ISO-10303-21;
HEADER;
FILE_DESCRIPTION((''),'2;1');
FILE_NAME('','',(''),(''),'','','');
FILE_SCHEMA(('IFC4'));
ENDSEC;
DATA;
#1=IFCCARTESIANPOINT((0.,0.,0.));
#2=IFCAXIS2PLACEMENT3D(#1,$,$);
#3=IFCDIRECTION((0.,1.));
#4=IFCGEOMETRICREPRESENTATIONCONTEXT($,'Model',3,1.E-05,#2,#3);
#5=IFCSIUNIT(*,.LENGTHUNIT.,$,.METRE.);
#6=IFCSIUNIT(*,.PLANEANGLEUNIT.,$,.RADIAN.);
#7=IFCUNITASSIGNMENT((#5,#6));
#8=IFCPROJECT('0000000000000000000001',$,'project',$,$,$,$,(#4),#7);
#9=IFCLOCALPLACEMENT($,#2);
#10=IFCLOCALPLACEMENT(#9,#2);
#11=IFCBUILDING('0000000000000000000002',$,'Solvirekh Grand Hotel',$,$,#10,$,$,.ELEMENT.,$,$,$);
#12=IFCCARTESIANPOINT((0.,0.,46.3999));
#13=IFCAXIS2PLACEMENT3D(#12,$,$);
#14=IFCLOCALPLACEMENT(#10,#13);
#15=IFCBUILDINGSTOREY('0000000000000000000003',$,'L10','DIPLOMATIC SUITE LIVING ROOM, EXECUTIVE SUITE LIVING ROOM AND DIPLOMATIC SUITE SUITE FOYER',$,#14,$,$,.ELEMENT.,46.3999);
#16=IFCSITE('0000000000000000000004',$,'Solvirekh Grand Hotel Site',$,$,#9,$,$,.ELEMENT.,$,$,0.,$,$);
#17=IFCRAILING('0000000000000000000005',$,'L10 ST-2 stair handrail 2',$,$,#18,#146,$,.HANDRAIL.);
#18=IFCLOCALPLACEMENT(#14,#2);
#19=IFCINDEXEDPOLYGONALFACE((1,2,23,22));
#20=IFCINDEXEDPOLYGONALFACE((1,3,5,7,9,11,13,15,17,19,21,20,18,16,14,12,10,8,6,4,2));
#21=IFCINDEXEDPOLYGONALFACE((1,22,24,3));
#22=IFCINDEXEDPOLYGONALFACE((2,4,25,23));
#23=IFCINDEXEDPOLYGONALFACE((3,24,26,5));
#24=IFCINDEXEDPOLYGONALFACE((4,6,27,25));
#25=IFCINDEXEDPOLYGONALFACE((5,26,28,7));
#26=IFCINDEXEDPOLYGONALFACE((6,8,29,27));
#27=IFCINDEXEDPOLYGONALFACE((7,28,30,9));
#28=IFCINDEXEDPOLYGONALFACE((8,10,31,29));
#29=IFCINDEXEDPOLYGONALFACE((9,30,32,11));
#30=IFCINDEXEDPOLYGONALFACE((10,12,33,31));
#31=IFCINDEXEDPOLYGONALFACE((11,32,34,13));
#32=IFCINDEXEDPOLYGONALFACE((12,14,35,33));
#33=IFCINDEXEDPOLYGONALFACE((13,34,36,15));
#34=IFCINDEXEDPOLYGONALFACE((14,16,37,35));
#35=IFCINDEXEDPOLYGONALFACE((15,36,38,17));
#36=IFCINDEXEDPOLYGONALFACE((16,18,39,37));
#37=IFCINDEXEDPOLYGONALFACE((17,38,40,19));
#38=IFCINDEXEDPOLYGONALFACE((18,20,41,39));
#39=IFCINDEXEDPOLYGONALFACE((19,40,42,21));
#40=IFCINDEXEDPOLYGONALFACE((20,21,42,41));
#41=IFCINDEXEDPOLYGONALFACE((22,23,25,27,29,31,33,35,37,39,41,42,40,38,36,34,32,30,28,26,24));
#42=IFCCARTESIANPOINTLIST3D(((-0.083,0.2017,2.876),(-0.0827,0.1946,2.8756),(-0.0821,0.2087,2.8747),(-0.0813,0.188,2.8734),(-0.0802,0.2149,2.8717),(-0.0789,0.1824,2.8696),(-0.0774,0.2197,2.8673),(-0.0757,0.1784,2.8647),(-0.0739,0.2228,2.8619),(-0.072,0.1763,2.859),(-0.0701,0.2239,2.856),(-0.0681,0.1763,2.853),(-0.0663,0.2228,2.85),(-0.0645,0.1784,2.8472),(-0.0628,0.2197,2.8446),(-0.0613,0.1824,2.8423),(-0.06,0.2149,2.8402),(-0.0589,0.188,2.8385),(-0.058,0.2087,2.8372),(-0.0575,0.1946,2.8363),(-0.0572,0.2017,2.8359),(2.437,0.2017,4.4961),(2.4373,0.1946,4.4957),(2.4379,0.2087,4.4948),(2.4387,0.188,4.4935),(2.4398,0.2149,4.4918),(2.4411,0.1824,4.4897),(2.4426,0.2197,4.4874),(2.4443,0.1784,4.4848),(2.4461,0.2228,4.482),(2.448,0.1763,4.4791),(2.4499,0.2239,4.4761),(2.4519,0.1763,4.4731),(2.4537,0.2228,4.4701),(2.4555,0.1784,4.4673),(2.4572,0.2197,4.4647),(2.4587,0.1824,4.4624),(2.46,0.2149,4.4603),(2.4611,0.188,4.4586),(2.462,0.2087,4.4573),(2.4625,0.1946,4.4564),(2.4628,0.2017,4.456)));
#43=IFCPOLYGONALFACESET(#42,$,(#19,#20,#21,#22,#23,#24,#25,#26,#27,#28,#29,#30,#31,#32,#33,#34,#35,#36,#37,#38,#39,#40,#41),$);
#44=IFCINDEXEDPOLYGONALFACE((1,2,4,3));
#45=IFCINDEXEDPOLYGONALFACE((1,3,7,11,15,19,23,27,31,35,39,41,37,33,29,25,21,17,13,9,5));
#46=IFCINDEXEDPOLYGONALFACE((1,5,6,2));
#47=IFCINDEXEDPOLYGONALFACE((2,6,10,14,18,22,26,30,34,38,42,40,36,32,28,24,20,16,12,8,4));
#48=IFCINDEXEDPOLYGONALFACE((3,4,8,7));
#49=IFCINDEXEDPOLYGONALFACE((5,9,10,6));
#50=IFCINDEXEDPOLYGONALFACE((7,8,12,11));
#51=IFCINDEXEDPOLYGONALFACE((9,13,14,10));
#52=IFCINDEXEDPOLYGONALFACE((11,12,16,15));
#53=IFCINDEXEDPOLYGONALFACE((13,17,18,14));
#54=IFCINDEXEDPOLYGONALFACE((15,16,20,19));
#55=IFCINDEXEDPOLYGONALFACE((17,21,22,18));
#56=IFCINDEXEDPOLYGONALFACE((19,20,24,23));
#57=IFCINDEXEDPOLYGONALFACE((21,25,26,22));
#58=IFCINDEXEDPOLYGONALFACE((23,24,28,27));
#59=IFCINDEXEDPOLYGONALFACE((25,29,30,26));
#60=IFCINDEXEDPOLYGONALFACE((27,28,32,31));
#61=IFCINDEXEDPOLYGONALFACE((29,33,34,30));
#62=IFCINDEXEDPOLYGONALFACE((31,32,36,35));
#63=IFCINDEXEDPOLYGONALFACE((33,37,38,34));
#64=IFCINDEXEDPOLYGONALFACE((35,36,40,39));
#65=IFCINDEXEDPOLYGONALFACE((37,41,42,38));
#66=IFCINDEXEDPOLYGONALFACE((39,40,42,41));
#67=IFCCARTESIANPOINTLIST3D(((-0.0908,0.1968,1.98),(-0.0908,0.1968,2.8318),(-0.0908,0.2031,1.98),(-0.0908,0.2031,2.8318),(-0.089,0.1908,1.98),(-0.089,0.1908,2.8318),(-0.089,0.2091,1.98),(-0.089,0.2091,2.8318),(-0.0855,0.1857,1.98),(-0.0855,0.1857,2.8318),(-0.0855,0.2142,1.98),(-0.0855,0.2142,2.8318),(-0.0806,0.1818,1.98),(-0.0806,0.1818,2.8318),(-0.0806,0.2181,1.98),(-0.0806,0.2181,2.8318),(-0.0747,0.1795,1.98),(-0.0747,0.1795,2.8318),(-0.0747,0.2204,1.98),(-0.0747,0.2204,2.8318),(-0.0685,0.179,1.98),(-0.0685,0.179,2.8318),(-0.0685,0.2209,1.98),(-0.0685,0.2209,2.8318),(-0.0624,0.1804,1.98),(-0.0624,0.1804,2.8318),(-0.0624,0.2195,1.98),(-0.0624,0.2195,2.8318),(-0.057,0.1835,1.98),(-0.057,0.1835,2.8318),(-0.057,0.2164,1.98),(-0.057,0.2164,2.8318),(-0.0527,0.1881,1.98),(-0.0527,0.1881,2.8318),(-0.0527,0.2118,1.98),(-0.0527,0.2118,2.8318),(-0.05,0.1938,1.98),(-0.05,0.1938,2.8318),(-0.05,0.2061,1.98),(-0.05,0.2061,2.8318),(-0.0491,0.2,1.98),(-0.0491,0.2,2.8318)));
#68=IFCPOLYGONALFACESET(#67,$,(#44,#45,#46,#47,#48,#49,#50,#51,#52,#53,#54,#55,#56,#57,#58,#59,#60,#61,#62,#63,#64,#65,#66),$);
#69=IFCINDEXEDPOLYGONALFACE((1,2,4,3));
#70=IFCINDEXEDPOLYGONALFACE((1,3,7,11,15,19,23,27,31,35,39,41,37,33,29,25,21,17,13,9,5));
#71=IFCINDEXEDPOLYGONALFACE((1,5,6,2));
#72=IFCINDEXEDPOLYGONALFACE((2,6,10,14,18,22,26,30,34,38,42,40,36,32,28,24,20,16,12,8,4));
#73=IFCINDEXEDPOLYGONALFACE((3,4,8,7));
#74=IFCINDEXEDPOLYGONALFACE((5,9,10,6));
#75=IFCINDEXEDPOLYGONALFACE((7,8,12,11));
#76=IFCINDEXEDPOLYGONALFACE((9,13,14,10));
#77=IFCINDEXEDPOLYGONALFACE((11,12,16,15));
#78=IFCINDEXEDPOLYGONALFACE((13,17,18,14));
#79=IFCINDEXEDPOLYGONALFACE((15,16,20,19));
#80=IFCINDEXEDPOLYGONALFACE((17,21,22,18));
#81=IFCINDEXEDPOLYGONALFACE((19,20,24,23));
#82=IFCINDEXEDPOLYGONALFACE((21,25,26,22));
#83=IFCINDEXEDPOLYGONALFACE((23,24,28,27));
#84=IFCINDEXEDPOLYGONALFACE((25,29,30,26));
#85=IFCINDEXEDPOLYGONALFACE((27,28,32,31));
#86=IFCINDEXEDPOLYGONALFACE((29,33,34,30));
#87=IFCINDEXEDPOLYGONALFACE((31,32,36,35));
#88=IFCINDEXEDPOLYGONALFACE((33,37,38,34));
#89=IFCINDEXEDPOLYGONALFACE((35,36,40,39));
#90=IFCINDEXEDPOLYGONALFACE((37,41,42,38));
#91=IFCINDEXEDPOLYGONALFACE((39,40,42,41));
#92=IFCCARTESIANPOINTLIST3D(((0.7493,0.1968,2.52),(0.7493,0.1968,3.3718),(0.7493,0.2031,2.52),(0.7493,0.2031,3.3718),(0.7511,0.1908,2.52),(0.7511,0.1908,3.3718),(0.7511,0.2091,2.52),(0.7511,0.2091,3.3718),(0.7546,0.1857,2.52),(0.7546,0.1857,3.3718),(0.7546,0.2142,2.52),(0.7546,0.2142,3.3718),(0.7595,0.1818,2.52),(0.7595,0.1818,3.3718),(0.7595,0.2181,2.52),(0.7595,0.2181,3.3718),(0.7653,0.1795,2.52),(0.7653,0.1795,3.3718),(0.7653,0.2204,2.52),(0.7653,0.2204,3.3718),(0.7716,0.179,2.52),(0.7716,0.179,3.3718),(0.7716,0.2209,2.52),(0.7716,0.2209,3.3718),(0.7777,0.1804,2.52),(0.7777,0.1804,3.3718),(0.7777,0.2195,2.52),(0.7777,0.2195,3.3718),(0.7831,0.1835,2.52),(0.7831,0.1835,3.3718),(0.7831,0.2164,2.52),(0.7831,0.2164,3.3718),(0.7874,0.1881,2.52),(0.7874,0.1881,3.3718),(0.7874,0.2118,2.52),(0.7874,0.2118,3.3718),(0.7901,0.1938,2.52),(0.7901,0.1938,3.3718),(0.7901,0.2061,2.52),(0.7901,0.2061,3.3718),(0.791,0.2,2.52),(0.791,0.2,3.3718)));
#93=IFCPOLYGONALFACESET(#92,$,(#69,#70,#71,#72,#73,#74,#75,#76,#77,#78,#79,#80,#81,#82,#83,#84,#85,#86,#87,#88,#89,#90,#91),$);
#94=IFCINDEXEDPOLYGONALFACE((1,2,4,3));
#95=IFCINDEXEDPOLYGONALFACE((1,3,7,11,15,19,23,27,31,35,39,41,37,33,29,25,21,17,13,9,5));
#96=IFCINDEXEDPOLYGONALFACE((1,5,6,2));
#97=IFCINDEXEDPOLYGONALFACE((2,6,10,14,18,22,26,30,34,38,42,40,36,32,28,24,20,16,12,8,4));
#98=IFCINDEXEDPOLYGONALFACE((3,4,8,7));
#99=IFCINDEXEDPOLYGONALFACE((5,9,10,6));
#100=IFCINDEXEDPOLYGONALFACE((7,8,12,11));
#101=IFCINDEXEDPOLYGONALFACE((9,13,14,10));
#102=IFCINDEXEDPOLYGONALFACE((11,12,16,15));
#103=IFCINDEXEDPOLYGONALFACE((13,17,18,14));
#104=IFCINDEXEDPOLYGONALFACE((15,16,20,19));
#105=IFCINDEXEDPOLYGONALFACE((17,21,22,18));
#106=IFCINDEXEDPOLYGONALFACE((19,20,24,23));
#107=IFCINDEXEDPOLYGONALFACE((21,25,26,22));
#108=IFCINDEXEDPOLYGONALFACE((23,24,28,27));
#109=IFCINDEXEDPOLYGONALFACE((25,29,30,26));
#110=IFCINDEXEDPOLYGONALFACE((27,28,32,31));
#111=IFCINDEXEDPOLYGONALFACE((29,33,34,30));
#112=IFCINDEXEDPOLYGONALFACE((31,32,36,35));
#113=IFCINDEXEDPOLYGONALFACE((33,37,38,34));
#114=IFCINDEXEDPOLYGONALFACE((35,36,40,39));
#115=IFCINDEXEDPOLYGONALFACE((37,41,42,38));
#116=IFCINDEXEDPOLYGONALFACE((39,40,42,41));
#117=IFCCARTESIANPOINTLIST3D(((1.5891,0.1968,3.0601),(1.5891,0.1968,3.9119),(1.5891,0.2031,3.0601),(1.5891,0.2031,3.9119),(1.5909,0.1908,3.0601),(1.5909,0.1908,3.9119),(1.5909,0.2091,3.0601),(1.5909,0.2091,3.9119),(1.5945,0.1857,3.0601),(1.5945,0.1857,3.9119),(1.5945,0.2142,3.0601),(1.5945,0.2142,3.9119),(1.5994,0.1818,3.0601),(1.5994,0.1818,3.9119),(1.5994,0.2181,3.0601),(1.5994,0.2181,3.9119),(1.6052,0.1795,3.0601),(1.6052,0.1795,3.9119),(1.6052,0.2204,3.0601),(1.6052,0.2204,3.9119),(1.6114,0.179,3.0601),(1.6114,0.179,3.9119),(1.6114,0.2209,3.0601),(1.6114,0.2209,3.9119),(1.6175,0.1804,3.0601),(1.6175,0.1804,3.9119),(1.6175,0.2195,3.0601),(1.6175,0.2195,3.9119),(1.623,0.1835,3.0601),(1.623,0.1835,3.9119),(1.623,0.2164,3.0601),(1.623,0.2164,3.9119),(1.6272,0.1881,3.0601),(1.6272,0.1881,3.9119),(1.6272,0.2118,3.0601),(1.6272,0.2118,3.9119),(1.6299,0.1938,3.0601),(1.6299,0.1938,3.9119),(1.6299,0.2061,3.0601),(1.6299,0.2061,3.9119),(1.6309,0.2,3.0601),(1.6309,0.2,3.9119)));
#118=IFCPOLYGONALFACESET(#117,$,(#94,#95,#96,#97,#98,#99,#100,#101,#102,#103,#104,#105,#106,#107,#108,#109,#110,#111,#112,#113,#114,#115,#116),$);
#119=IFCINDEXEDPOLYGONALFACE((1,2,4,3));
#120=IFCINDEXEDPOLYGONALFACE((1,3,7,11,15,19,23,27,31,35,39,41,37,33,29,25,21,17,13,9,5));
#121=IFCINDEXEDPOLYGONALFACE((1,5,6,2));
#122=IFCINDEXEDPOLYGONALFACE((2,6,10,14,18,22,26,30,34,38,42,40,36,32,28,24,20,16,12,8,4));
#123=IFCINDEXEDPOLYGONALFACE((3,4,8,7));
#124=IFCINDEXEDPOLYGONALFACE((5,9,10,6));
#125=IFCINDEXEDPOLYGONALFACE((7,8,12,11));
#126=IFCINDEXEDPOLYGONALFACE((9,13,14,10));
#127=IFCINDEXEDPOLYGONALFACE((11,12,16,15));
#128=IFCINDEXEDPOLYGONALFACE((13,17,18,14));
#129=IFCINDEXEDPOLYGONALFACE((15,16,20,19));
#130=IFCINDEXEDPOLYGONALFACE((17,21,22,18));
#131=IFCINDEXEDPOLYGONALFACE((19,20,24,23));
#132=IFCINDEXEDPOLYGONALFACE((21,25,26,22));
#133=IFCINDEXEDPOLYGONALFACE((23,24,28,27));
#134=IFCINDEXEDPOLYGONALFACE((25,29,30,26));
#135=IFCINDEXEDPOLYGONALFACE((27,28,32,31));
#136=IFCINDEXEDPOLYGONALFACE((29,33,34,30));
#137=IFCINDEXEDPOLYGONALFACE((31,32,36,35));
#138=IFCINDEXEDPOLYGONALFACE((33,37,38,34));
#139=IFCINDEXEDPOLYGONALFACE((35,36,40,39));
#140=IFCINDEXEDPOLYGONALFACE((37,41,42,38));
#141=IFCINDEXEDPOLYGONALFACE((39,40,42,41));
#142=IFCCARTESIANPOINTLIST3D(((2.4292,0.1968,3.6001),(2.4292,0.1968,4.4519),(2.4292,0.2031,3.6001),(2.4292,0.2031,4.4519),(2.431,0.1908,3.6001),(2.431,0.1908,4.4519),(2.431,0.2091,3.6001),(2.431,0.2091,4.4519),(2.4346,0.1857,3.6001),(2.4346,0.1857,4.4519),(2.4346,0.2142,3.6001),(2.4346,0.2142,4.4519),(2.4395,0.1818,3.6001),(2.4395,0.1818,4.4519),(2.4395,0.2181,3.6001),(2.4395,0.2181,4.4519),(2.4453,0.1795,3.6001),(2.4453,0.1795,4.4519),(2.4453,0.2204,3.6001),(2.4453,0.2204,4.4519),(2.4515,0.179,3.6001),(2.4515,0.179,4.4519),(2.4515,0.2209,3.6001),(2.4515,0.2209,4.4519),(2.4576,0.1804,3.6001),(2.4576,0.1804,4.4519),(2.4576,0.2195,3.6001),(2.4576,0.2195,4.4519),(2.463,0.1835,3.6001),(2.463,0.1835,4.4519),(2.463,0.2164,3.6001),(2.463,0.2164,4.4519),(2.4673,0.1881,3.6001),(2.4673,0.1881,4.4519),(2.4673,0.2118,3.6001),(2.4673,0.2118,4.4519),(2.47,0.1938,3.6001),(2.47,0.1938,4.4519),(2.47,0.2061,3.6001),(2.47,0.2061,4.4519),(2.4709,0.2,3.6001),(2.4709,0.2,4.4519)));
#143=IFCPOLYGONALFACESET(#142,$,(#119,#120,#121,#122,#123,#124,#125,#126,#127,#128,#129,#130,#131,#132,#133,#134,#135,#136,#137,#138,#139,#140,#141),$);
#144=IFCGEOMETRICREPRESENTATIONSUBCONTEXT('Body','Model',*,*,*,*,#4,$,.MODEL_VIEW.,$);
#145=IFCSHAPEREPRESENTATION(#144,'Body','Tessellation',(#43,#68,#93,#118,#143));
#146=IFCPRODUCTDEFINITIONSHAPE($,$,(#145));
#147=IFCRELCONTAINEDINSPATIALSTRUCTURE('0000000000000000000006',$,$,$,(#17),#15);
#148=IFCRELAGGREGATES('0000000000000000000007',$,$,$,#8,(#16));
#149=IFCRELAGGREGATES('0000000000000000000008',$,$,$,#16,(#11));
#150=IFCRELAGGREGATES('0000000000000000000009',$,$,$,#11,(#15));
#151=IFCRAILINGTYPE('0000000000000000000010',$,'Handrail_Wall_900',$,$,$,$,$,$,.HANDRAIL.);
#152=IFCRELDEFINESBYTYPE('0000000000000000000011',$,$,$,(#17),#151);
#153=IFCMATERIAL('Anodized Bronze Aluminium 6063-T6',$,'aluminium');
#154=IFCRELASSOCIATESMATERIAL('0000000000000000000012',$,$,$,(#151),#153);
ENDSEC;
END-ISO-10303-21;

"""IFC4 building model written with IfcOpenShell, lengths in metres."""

from ifc_helpers import new_model, si_unit, direction, frame, origin, origin_2d, place, context, subcontext, project, spatial, circle, extrude, material, type_object, element, save


model = new_model("IFC4")

# Units and contexts
model_context = context("Model", 3, precision=1e-05, world=origin(), true_north=direction((0.0, 1.0)))
body_context = subcontext(model_context, "Body", "Model", "MODEL_VIEW")
ifc_project = project(units=[si_unit("LENGTHUNIT", "METRE"), si_unit("PLANEANGLEUNIT", "RADIAN")], contexts=[model_context])

# Site, building, storey
site_placement = place(None, origin())
site = spatial("IfcSite", under=ifc_project, at=site_placement, Name="Solvirekh Grand Hotel Site", CompositionType="ELEMENT", RefElevation=0.0)
building_placement = place(site_placement, origin())
building = spatial("IfcBuilding", under=site, at=building_placement, Name="Solvirekh Grand Hotel", CompositionType="ELEMENT")
storey_placement = place(building_placement, frame((0.0, 0.0, 46.3999)))
storey = spatial("IfcBuildingStorey", under=building, at=storey_placement, Name="L10", Description="DIPLOMATIC SUITE LIVING ROOM, EXECUTIVE SUITE LIVING ROOM AND DIPLOMATIC SUITE SUITE FOYER", CompositionType="ELEMENT", Elevation=46.3999)

# Shared definitions
ifc_material_1 = material(Name="Anodized Bronze Aluminium 6063-T6", Category="aluminium")

# Railing
railing_type_1 = type_object("IfcRailingType", Name="Handrail_Wall_900", PredefinedType="HANDRAIL", material=ifc_material_1)
railing_1_placement = place(storey_placement, frame((-0.0701, 0.2, 1.98)))
element("IfcRailing", 1, at=railing_1_placement, inside=storey, type_object=railing_type_1, Name="L10 ST-2 stair handrail 2", PredefinedType="HANDRAIL", context=body_context, shape_type="SweptSolid", body=[
    extrude(circle(Radius=0.0239, at=origin_2d()), frame((0.0, 0.0, 0.876), z_axis=(0.841163, 0.0, 0.540782), x_axis=(0.0, 1.0, 0.0)), (0.0, 0.0, 1.0), 2.9958),
    extrude(circle(Radius=0.021, at=origin_2d()), origin(), (0.0, 0.0, 1.0), 0.8518),
    extrude(circle(Radius=0.021, at=origin_2d()), frame((0.8401, 0.0, 0.54)), (0.0, 0.0, 1.0), 0.8518),
    extrude(circle(Radius=0.021, at=origin_2d()), frame((1.6799, 0.0, 1.0801)), (0.0, 0.0, 1.0), 0.8518),
    extrude(circle(Radius=0.021, at=origin_2d()), frame((2.52, 0.0, 1.6201)), (0.0, 0.0, 1.0), 0.8518),
])

save(model, "model.ifc")
